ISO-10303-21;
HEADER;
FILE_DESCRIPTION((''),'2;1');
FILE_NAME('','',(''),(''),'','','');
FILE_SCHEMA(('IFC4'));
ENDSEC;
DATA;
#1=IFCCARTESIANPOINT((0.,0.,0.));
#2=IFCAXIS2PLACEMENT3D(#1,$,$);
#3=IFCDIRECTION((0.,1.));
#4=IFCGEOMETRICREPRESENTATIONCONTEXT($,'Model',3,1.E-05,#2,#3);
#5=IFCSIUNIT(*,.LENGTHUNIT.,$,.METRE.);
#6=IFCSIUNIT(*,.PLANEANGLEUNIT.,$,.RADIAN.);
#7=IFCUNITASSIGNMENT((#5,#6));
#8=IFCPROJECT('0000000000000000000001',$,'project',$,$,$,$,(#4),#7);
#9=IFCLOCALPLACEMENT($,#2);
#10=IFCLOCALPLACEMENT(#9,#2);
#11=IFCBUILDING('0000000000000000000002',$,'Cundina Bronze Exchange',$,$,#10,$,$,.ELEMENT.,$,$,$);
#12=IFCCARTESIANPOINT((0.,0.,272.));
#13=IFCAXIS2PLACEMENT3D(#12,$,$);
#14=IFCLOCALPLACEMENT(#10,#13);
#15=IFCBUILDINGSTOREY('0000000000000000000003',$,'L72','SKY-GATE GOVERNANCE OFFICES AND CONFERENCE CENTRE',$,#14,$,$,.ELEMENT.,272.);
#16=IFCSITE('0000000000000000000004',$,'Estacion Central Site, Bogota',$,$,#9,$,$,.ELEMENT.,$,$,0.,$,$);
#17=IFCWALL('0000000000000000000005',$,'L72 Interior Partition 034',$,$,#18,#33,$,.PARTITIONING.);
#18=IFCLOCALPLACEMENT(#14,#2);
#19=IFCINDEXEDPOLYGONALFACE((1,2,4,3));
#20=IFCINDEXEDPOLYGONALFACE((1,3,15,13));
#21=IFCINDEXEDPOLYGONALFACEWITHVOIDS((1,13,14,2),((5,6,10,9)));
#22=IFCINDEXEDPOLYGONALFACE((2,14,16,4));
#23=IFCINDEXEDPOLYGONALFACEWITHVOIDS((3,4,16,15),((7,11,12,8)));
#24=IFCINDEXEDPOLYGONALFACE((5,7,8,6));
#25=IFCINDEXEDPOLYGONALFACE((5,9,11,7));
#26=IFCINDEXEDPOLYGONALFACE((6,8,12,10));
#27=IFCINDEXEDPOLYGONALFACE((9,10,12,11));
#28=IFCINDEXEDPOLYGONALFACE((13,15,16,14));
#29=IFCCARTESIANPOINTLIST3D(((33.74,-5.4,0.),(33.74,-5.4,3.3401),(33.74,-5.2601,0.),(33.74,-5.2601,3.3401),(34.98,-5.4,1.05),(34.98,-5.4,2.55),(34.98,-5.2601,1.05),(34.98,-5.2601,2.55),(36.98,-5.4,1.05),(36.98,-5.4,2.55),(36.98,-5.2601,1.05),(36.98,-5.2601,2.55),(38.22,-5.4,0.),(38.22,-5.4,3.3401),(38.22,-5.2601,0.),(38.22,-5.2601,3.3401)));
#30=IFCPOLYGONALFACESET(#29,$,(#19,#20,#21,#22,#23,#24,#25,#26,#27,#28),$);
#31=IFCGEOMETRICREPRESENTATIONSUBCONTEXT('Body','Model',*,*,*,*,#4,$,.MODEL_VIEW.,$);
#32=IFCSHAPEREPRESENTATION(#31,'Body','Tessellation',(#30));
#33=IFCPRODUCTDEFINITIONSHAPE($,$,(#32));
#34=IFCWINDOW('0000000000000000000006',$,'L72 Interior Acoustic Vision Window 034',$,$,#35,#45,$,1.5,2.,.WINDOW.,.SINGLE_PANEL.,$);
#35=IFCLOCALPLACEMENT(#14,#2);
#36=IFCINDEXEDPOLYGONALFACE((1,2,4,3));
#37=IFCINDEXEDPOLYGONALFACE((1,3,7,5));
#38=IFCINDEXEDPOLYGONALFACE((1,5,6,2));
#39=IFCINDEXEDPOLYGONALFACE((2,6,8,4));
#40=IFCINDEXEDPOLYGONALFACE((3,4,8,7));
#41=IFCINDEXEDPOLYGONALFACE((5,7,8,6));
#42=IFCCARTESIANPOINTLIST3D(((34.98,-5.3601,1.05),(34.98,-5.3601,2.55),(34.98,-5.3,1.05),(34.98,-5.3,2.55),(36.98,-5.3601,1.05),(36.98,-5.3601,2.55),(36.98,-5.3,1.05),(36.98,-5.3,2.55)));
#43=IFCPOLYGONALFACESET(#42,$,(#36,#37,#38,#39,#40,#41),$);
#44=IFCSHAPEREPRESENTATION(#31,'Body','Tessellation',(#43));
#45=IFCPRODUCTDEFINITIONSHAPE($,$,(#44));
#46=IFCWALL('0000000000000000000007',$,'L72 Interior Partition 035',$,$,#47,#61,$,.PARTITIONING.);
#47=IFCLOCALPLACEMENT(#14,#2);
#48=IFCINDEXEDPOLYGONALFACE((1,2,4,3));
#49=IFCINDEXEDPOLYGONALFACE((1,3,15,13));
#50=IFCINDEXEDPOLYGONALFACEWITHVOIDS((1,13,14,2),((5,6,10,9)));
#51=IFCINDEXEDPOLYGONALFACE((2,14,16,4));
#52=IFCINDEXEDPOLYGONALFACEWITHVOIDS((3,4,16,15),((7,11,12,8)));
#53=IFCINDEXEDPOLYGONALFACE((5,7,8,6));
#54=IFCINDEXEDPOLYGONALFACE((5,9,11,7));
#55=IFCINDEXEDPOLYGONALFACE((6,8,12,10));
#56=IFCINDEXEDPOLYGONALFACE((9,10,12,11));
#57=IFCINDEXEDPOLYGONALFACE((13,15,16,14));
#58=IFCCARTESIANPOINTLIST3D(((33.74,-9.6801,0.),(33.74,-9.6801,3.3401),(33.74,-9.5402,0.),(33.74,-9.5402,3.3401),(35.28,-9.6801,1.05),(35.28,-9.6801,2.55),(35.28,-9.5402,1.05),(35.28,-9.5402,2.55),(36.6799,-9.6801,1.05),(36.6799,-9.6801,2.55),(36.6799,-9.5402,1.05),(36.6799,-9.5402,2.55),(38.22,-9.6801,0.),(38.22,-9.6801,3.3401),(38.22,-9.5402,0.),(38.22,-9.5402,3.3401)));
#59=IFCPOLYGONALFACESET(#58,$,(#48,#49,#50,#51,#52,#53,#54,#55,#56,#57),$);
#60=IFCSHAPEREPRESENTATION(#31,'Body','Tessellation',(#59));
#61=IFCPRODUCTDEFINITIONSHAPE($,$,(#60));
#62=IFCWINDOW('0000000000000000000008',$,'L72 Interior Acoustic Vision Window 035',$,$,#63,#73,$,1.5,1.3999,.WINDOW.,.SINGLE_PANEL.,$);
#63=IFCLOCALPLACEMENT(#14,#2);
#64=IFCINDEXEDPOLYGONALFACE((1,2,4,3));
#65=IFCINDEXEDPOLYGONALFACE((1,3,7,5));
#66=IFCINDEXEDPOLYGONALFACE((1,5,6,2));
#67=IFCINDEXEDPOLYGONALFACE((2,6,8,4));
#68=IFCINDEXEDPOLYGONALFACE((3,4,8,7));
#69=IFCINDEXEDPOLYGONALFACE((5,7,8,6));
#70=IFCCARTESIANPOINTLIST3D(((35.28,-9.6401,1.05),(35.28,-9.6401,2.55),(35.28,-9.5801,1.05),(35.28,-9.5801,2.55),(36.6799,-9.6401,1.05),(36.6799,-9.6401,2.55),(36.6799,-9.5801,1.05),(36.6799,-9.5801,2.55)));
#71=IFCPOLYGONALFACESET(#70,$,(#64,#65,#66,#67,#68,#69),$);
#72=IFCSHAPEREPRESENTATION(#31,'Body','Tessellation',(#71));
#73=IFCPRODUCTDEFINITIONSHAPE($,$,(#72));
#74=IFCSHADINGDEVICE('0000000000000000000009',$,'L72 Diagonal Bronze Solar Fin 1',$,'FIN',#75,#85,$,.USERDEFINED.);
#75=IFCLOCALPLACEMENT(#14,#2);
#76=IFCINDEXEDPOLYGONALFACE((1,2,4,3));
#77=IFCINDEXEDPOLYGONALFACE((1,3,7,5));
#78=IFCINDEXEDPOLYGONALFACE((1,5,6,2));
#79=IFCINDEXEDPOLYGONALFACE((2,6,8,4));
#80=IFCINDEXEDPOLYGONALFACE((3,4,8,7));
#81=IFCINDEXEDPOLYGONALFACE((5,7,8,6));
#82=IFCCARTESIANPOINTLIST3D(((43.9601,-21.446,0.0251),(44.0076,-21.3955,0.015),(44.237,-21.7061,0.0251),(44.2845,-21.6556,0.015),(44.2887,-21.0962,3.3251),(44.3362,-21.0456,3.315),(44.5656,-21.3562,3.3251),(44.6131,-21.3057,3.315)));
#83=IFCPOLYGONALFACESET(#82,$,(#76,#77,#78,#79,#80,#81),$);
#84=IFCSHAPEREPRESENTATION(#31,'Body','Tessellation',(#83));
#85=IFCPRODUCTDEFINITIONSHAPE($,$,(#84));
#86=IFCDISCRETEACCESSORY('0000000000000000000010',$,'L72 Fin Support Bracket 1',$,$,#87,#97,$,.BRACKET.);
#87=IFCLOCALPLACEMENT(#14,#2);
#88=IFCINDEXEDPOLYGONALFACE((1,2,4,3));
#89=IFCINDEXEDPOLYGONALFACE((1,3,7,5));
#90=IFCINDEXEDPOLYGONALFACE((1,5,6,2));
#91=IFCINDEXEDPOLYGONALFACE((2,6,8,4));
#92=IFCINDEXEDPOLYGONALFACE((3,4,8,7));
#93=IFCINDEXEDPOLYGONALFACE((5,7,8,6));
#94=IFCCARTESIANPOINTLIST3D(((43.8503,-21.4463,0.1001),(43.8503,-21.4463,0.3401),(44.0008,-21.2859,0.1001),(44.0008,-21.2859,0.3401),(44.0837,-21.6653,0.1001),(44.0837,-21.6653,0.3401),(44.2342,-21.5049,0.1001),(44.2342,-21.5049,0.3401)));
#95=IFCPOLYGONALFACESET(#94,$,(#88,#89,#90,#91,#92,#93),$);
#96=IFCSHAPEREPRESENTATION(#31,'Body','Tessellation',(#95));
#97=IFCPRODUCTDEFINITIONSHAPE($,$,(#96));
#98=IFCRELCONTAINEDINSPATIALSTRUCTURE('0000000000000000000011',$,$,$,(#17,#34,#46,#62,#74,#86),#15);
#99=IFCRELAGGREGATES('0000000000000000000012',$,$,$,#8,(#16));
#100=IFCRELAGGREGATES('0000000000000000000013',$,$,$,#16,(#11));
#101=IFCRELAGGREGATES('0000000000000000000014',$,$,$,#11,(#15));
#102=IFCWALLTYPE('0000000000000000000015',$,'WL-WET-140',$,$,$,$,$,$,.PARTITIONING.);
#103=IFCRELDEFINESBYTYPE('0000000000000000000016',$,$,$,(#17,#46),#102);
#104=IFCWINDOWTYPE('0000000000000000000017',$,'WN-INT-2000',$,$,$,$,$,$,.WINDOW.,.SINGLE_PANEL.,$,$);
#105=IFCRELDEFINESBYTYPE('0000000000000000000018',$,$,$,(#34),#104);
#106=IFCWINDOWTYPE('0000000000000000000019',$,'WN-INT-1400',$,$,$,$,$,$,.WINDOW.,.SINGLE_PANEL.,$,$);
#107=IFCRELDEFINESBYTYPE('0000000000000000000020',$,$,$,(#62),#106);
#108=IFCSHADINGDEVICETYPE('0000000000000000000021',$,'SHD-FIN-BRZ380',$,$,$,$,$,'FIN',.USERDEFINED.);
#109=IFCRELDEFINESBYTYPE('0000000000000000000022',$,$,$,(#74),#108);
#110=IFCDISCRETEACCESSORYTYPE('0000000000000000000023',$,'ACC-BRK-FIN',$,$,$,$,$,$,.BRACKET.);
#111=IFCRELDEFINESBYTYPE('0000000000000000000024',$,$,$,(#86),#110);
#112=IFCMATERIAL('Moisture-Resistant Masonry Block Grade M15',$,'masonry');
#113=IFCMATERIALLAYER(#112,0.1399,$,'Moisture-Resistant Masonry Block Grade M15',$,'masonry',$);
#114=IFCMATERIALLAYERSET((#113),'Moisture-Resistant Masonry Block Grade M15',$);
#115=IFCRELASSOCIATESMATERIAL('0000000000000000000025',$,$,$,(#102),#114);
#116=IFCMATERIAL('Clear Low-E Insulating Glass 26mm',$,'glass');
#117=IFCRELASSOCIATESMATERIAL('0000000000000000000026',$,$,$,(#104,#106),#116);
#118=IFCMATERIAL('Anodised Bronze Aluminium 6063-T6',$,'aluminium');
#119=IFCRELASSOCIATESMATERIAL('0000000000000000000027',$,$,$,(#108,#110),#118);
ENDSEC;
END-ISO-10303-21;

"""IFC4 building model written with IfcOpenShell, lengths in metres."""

from ifc_helpers import new_model, si_unit, direction, frame, frame_2d, origin, origin_2d, place, context, subcontext, project, spatial, rectangle, extrude, material, layer, layer_set, material_profile, profile_set, type_object, element, fill, save


model = new_model("IFC4")

# Units and contexts
model_context = context("Model", 3, precision=1e-05, world=origin(), true_north=direction((0.0, 1.0)))
body_context = subcontext(model_context, "Body", "Model", "MODEL_VIEW")
ifc_project = project(units=[si_unit("LENGTHUNIT", "METRE"), si_unit("PLANEANGLEUNIT", "RADIAN")], contexts=[model_context])

# Site, building, storey
site_placement = place(None, origin())
site = spatial("IfcSite", under=ifc_project, at=site_placement, Name="Estacion Central Site, Bogota", CompositionType="ELEMENT", RefElevation=0.0)
building_placement = place(site_placement, origin())
building = spatial("IfcBuilding", under=site, at=building_placement, Name="Cundina Bronze Exchange", CompositionType="ELEMENT")
storey_placement = place(building_placement, frame((0.0, 0.0, 272.0)))
storey = spatial("IfcBuildingStorey", under=building, at=storey_placement, Name="L72", Description="SKY-GATE GOVERNANCE OFFICES AND CONFERENCE CENTRE", CompositionType="ELEMENT", Elevation=272.0)

# Shared definitions
ifc_material_1 = material(Name="Anodised Bronze Aluminium 6063-T6", Category="aluminium")

# Shared definitions
ifc_material_2 = material(Name="Moisture-Resistant Masonry Block Grade M15", Category="masonry")
ifc_layer_1 = layer(ifc_material_2, 0.1399, Name="Moisture-Resistant Masonry Block Grade M15", Category="masonry")
ifc_layer_set_1 = layer_set([ifc_layer_1], Name="Moisture-Resistant Masonry Block Grade M15")
wall_type = type_object("IfcWallType", Name="WL-WET-140", PredefinedType="PARTITIONING", material=ifc_layer_set_1)

# Walls, openings, windows
wall_1_placement = place(storey_placement, frame((33.74, -5.3301, 0.0), z_axis=(0.0, 0.0, 1.0), x_axis=(1.0, 0.0, 0.0)))
wall_1 = element("IfcWall", 1, at=wall_1_placement, inside=storey, type_object=wall_type, Name="L72 Interior Partition 034", PredefinedType="PARTITIONING", context=body_context, shape_type="SweptSolid", body=[
    extrude(rectangle(XDim=4.48, YDim=0.1399, at=frame_2d((2.24, 0.0))), origin(), (0.0, 0.0, 1.0), 3.3401),
])
opening_1_placement = place(wall_1_placement, frame((1.24, 0.0, 1.05)))
opening_1 = element("IfcOpeningElement", 2, at=opening_1_placement, cuts=wall_1, PredefinedType="OPENING", context=body_context, shape_type="SweptSolid", body=[
    extrude(rectangle(XDim=2.0, YDim=1.5, at=frame_2d((1.0, 0.75))), frame((0.0, 0.0798, 0.0), z_axis=(0.0, -1.0, 0.0), x_axis=(1.0, 0.0, 0.0)), (0.0, 0.0, 1.0), 0.1599),
])
ifc_material_3 = material(Name="Clear Low-E Insulating Glass 26mm", Category="glass")
window_type_1 = type_object("IfcWindowType", Name="WN-INT-2000", PartitioningType="SINGLE_PANEL", PredefinedType="WINDOW", material=ifc_material_3)
window_1_placement = place(opening_1_placement, origin())
window_1 = element("IfcWindow", 3, at=window_1_placement, inside=storey, type_object=window_type_1, Name="L72 Interior Acoustic Vision Window 034", OverallHeight=1.5, OverallWidth=2.0, PartitioningType="SINGLE_PANEL", PredefinedType="WINDOW", context=body_context, shape_type="SweptSolid", body=[
    extrude(rectangle(XDim=2.0, YDim=1.5, at=frame_2d((1.0, 0.75))), frame((0.0, 0.03, 0.0), z_axis=(0.0, -1.0, 0.0), x_axis=(1.0, 0.0, 0.0)), (0.0, 0.0, 1.0), 0.0601),
])
fill(opening_1, window_1)
wall_2_placement = place(storey_placement, frame((33.74, -9.6101, 0.0), z_axis=(0.0, 0.0, 1.0), x_axis=(1.0, 0.0, 0.0)))
wall_2 = element("IfcWall", 4, at=wall_2_placement, inside=storey, type_object=wall_type, Name="L72 Interior Partition 035", PredefinedType="PARTITIONING", context=body_context, shape_type="SweptSolid", body=[
    extrude(rectangle(XDim=4.48, YDim=0.1399, at=frame_2d((2.24, 0.0))), origin(), (0.0, 0.0, 1.0), 3.3401),
])
opening_2_placement = place(wall_2_placement, frame((1.54, 0.0, 1.05)))
opening_2 = element("IfcOpeningElement", 5, at=opening_2_placement, cuts=wall_2, PredefinedType="OPENING", context=body_context, shape_type="SweptSolid", body=[
    extrude(rectangle(XDim=1.3999, YDim=1.5, at=frame_2d((0.7, 0.75))), frame((0.0, 0.0798, 0.0), z_axis=(0.0, -1.0, 0.0), x_axis=(1.0, 0.0, 0.0)), (0.0, 0.0, 1.0), 0.1599),
])
window_type_2 = type_object("IfcWindowType", Name="WN-INT-1400", PartitioningType="SINGLE_PANEL", PredefinedType="WINDOW", material=ifc_material_3)
window_2_placement = place(opening_2_placement, origin())
window_2 = element("IfcWindow", 6, at=window_2_placement, inside=storey, type_object=window_type_2, Name="L72 Interior Acoustic Vision Window 035", OverallHeight=1.5, OverallWidth=1.3999, PartitioningType="SINGLE_PANEL", PredefinedType="WINDOW", context=body_context, shape_type="SweptSolid", body=[
    extrude(rectangle(XDim=1.3999, YDim=1.5, at=frame_2d((0.7, 0.75))), frame((0.0, 0.03, 0.0), z_axis=(0.0, -1.0, 0.0), x_axis=(1.0, 0.0, 0.0)), (0.0, 0.0, 1.0), 0.0601),
])
fill(opening_2, window_2)

# Shading device
ifc_material_profile_1 = material_profile(ifc_material_1, rectangle(XDim=0.0701, YDim=0.3799, at=origin_2d()), Name="FIN70X380", Category="aluminium")
ifc_profile_set_1 = profile_set([ifc_material_profile_1], Name="Anodised Bronze Aluminium 6063-T6")
shading_device_type = type_object("IfcShadingDeviceType", Name="SHD-FIN-BRZ380", ElementType="FIN", PredefinedType="USERDEFINED", material=ifc_profile_set_1)
shading_device_placement = place(storey_placement, frame((44.1223, -21.5508, 0.02), z_axis=(0.098541, 0.104911, 0.989587), x_axis=(-0.677506, -0.721297, 0.143933)))
element("IfcShadingDevice", 7, at=shading_device_placement, inside=storey, type_object=shading_device_type, Name="L72 Diagonal Bronze Solar Fin 1", ObjectType="FIN", PredefinedType="USERDEFINED", context=body_context, shape_type="SweptSolid", body=[
    extrude(rectangle(XDim=0.0701, YDim=0.3799, at=origin_2d()), origin(), (0.0, 0.0, 1.0), 3.3347),
])

# Discrete accessory
discrete_accessory_type = type_object("IfcDiscreteAccessoryType", Name="ACC-BRK-FIN", PredefinedType="BRACKET", material=ifc_material_1)
discrete_accessory_placement = place(storey_placement, frame((44.0422, -21.4756, 0.1001), z_axis=(0.0, 0.0, 1.0), x_axis=(0.684344, 0.72916, 0.0)))
element("IfcDiscreteAccessory", 8, at=discrete_accessory_placement, inside=storey, type_object=discrete_accessory_type, Name="L72 Fin Support Bracket 1", PredefinedType="BRACKET", context=body_context, shape_type="SweptSolid", body=[
    extrude(rectangle(XDim=0.22, YDim=0.3201, at=origin_2d()), origin(), (0.0, 0.0, 1.0), 0.24),
])

save(model, "model.ifc")
